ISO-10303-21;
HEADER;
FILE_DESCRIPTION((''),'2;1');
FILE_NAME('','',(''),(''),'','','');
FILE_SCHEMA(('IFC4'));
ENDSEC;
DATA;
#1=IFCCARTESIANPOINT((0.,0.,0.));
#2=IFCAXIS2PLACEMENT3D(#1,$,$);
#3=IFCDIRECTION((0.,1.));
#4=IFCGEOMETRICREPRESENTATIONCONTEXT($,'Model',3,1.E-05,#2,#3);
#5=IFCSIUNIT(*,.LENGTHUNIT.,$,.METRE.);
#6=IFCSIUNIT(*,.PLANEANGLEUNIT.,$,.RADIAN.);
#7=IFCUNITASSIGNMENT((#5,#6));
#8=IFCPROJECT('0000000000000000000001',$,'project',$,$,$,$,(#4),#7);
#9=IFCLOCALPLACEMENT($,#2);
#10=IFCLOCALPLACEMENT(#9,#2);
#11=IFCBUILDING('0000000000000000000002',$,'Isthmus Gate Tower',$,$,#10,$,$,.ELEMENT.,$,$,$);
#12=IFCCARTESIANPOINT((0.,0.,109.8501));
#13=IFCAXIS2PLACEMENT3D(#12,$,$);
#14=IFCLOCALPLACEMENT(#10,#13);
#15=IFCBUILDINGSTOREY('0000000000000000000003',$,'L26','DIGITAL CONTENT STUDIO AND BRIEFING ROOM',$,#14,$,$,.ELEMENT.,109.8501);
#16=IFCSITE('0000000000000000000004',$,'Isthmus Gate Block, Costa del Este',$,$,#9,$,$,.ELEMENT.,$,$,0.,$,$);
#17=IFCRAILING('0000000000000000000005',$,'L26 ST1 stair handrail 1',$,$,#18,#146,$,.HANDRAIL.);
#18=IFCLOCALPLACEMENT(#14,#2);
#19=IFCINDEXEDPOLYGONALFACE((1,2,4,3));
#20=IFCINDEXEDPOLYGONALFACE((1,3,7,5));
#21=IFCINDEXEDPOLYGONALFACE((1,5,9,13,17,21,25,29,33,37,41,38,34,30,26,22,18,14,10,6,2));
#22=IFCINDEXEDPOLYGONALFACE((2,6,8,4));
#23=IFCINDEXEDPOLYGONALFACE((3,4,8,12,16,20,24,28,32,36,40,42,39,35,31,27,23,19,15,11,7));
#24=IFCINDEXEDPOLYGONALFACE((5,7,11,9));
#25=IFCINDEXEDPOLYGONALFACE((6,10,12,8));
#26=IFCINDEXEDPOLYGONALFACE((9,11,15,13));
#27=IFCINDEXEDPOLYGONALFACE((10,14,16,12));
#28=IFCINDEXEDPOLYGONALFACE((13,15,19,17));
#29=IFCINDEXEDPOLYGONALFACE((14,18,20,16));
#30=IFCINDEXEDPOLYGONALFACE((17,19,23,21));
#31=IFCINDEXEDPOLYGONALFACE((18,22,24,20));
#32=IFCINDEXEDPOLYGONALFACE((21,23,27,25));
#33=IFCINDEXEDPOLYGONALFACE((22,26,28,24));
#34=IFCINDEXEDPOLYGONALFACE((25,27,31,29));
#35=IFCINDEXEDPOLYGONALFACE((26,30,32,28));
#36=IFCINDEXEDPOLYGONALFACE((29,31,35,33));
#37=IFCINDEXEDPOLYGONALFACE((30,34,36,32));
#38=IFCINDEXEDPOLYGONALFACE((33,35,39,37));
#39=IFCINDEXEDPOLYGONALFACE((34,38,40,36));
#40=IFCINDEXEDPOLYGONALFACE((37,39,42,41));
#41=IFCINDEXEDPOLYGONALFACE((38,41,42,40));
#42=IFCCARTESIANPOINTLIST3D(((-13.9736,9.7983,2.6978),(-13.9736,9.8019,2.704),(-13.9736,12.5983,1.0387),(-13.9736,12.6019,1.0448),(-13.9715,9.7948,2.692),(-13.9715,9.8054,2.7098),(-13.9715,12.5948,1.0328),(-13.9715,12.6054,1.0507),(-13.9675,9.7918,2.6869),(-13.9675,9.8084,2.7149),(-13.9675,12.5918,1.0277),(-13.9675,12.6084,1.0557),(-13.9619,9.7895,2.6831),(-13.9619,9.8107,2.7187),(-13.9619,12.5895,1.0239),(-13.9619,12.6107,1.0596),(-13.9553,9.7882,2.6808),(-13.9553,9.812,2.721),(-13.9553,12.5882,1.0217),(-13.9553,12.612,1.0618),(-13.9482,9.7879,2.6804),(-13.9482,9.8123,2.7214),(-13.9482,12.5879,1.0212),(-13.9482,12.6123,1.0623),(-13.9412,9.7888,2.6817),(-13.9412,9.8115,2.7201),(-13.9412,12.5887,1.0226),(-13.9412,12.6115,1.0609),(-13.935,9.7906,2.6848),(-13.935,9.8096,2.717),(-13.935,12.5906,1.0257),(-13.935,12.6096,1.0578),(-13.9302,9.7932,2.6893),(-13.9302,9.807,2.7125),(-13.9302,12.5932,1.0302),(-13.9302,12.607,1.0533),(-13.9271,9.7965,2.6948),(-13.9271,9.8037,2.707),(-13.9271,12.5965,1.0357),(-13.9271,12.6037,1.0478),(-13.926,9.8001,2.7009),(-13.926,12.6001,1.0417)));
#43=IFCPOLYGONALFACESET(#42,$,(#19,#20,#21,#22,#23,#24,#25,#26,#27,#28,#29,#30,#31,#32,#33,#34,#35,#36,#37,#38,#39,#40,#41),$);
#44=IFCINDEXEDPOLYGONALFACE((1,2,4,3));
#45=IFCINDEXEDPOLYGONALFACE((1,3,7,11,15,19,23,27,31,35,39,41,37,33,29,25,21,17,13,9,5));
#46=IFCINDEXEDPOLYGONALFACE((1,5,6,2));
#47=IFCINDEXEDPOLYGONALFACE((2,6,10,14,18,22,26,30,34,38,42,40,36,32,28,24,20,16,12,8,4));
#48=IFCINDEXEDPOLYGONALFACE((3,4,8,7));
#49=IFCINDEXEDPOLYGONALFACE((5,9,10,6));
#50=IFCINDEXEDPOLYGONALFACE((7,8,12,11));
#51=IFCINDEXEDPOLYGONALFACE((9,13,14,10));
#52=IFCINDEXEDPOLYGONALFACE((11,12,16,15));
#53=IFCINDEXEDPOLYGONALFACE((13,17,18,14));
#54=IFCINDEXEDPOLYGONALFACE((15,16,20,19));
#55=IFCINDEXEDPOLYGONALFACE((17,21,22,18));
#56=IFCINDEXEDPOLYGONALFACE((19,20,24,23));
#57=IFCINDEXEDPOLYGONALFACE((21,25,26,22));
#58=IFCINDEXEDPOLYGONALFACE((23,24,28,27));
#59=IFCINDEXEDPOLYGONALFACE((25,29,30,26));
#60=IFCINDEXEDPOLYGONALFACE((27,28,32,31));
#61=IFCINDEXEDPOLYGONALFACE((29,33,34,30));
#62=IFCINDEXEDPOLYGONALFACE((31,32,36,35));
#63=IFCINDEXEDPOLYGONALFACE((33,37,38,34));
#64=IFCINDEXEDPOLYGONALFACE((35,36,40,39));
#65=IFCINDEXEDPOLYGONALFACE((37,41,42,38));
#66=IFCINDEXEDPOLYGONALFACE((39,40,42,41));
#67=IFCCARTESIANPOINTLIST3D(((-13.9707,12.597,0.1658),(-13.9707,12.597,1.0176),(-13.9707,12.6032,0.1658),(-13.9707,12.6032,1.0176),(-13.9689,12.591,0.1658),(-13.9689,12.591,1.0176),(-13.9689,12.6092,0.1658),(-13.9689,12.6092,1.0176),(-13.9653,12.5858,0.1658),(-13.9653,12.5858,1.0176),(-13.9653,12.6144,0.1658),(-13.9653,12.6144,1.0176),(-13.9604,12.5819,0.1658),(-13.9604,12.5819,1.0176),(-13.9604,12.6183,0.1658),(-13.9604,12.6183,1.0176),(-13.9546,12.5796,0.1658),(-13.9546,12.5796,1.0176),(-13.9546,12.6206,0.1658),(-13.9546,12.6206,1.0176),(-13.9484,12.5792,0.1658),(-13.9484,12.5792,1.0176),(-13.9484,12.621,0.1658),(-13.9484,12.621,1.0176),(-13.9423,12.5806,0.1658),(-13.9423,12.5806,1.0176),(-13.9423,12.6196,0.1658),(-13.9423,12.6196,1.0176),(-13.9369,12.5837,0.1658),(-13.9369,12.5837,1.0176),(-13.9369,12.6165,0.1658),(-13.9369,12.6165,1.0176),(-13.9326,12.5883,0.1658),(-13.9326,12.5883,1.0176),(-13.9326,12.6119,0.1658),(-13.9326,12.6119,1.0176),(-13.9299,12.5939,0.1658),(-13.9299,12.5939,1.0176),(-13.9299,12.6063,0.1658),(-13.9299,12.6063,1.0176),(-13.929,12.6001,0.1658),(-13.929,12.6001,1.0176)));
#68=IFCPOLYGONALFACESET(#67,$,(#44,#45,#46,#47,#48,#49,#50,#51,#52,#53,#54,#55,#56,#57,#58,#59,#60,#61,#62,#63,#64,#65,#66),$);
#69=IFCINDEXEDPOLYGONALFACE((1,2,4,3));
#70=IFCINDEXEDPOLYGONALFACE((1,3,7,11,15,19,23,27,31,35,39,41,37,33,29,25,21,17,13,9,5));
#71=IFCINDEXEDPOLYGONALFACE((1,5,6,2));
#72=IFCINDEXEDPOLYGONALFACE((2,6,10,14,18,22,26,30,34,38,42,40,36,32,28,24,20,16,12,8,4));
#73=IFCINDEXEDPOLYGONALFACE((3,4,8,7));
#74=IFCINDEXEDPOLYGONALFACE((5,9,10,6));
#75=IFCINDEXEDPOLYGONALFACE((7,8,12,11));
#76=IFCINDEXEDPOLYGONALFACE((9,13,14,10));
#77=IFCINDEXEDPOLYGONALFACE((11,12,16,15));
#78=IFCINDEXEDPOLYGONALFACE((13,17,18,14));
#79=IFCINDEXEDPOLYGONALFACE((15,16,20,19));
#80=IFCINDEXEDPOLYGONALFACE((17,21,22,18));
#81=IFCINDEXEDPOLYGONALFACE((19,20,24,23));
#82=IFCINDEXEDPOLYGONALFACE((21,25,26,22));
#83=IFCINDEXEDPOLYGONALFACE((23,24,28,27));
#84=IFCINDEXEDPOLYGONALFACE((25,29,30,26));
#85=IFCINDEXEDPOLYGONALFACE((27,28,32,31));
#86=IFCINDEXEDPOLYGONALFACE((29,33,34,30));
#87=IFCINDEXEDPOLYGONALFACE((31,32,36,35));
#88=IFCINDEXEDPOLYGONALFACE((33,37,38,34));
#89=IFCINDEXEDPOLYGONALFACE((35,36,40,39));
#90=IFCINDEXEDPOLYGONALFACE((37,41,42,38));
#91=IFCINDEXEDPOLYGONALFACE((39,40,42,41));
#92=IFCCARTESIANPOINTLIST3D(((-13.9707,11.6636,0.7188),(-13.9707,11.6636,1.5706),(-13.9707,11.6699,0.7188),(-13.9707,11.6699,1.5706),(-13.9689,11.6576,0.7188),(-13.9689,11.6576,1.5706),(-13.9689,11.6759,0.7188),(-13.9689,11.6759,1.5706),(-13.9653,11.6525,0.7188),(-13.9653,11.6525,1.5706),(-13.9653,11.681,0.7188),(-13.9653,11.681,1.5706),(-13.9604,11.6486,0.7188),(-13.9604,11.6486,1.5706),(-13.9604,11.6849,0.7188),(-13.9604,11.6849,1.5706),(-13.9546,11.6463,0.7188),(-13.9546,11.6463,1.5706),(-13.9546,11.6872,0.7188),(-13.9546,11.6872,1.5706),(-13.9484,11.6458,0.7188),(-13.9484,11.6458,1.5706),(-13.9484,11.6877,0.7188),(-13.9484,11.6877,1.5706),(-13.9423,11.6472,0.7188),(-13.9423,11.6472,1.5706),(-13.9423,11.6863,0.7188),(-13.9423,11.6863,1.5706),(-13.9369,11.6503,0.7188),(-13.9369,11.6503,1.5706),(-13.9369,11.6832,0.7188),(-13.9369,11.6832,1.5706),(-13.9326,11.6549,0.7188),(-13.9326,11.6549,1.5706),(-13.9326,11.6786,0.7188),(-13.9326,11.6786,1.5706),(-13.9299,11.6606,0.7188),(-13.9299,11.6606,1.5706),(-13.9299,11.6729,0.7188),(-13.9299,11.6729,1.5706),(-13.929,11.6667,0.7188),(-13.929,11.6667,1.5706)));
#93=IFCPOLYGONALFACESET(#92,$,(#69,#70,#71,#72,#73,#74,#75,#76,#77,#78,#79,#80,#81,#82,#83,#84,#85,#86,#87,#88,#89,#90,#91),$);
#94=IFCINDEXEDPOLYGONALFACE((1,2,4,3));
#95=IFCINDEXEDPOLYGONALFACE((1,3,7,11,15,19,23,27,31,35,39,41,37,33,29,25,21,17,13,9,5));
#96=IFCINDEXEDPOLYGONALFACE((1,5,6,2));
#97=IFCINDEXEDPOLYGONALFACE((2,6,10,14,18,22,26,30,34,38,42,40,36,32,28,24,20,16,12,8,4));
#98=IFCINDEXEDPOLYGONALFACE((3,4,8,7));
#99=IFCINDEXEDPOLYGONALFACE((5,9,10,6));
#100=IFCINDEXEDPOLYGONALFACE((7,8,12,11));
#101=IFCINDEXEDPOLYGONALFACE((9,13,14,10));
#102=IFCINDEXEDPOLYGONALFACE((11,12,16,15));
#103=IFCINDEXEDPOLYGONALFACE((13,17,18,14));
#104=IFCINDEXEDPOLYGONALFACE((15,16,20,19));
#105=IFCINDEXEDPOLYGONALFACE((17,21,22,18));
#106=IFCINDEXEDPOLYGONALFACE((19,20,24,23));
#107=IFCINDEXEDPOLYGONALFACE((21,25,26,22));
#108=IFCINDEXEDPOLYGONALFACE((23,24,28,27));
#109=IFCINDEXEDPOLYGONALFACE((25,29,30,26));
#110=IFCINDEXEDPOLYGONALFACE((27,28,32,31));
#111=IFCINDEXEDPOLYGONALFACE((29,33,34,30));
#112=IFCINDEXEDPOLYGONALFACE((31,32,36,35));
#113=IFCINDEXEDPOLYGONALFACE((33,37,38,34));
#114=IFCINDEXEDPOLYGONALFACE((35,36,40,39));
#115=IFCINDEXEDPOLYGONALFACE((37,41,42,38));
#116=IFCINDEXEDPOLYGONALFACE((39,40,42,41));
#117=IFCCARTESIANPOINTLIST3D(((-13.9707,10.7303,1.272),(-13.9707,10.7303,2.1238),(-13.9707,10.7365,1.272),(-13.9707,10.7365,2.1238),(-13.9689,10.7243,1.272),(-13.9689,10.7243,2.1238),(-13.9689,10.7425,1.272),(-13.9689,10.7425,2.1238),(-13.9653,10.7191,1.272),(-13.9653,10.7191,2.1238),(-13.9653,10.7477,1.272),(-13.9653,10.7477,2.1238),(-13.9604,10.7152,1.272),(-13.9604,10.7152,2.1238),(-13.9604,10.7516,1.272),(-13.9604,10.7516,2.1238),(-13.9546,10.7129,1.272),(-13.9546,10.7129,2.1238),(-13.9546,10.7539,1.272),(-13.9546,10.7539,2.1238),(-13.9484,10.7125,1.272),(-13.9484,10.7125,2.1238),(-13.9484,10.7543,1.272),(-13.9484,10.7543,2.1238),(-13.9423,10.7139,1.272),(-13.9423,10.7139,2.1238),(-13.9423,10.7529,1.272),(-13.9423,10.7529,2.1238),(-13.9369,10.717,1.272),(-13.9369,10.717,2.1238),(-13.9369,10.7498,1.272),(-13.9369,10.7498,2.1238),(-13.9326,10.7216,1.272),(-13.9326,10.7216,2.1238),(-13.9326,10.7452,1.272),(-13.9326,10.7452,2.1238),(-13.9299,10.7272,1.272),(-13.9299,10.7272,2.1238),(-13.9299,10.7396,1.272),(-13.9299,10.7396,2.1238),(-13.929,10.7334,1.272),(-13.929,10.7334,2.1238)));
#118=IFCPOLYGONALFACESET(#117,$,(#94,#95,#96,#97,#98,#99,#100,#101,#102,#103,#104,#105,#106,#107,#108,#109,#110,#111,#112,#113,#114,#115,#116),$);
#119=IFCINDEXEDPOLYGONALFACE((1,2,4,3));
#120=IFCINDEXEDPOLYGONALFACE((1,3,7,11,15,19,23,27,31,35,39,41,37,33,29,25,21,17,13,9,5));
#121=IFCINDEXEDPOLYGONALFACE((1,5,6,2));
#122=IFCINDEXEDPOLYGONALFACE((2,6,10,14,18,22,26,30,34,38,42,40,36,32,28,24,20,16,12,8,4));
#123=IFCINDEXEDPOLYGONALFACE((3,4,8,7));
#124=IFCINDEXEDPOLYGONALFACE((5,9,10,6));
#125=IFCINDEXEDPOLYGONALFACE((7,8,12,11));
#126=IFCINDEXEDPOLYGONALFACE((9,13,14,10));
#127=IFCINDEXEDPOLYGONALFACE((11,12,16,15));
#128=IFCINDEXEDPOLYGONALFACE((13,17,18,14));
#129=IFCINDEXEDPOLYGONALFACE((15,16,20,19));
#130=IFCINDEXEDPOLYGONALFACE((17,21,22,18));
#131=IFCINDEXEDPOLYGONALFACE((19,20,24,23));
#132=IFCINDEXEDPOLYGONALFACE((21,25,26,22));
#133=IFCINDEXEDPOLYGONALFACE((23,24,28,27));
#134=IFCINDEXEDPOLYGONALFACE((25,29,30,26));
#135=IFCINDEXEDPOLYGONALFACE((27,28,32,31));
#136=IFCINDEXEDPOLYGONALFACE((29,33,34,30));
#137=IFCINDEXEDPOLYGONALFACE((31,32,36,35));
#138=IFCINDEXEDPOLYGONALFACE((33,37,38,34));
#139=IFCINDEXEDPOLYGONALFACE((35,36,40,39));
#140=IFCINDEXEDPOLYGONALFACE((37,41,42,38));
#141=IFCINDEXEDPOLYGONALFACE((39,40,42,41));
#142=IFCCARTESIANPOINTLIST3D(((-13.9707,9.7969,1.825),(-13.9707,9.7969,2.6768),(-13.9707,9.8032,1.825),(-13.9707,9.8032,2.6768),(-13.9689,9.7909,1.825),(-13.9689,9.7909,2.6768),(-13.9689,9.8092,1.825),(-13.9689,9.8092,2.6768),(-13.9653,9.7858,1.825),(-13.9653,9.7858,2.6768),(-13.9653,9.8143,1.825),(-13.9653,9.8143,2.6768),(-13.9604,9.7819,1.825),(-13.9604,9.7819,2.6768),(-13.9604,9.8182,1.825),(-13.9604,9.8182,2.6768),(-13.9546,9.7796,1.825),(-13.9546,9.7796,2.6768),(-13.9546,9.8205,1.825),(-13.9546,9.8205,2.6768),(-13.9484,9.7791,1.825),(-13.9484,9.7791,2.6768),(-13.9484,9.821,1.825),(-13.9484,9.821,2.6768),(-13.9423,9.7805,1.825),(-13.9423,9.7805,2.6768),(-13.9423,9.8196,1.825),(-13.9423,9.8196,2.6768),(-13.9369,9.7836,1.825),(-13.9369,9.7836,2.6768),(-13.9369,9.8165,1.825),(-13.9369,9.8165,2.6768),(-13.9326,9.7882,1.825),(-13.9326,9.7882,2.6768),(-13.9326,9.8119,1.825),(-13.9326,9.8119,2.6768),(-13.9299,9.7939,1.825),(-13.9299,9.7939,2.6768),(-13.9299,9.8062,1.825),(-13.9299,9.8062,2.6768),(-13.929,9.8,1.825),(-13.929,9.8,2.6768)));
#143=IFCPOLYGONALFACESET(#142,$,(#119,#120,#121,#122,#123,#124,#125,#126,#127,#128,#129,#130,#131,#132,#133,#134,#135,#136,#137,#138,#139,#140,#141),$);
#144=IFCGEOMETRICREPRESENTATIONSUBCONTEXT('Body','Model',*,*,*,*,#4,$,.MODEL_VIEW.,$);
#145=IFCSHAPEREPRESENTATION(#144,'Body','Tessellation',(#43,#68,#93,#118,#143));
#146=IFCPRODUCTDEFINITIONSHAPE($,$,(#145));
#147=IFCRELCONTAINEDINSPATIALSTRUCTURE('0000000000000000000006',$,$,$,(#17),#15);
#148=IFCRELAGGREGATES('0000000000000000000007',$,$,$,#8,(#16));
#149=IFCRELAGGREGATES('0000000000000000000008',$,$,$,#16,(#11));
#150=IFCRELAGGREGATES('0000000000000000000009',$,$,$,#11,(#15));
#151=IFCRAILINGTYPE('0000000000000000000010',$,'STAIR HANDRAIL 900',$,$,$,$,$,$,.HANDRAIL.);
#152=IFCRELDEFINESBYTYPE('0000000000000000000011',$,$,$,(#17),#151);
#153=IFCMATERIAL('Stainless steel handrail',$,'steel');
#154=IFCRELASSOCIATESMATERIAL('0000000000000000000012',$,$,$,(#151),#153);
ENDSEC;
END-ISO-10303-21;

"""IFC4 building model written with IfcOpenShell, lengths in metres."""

from ifc_helpers import new_model, si_unit, direction, frame, origin, origin_2d, place, context, subcontext, project, spatial, circle, extrude, material, type_object, element, save


model = new_model("IFC4")

# Units and contexts
model_context = context("Model", 3, precision=1e-05, world=origin(), true_north=direction((0.0, 1.0)))
body_context = subcontext(model_context, "Body", "Model", "MODEL_VIEW")
ifc_project = project(units=[si_unit("LENGTHUNIT", "METRE"), si_unit("PLANEANGLEUNIT", "RADIAN")], contexts=[model_context])

# Site, building, storey
site_placement = place(None, origin())
site = spatial("IfcSite", under=ifc_project, at=site_placement, Name="Isthmus Gate Block, Costa del Este", CompositionType="ELEMENT", RefElevation=0.0)
building_placement = place(site_placement, origin())
building = spatial("IfcBuilding", under=site, at=building_placement, Name="Isthmus Gate Tower", CompositionType="ELEMENT")
storey_placement = place(building_placement, frame((0.0, 0.0, 109.8501)))
storey = spatial("IfcBuildingStorey", under=building, at=storey_placement, Name="L26", Description="DIGITAL CONTENT STUDIO AND BRIEFING ROOM", CompositionType="ELEMENT", Elevation=109.8501)

# Railing
ifc_material_1 = material(Name="Stainless steel handrail", Category="steel")
railing_type_1 = type_object("IfcRailingType", Name="STAIR HANDRAIL 900", PredefinedType="HANDRAIL", material=ifc_material_1)
for number, where, name in (
    (1, (-13.95, 12.6001, 0.1658), "L26 ST1 stair handrail 1"),
):
    element("IfcRailing", number, at=place(storey_placement, frame(where)), inside=storey, type_object=railing_type_1, Name=name, PredefinedType="HANDRAIL", context=body_context, shape_type="SweptSolid", body=[
        extrude(circle(Radius=0.0239, at=origin_2d()), frame((0.0, 0.0, 0.876), z_axis=(0.0, -0.860306, 0.509778), x_axis=(1.0, 0.0, 0.0)), (0.0, 0.0, 1.0), 3.2546),
        extrude(circle(Radius=0.021, at=origin_2d()), origin(), (0.0, 0.0, 1.0), 0.8518),
        extrude(circle(Radius=0.021, at=origin_2d()), frame((0.0, -0.9333, 0.553)), (0.0, 0.0, 1.0), 0.8518),
        extrude(circle(Radius=0.021, at=origin_2d()), frame((0.0, -1.8667, 1.1062)), (0.0, 0.0, 1.0), 0.8518),
        extrude(circle(Radius=0.021, at=origin_2d()), frame((0.0, -2.8, 1.6592)), (0.0, 0.0, 1.0), 0.8518),
    ])

save(model, "model.ifc")
